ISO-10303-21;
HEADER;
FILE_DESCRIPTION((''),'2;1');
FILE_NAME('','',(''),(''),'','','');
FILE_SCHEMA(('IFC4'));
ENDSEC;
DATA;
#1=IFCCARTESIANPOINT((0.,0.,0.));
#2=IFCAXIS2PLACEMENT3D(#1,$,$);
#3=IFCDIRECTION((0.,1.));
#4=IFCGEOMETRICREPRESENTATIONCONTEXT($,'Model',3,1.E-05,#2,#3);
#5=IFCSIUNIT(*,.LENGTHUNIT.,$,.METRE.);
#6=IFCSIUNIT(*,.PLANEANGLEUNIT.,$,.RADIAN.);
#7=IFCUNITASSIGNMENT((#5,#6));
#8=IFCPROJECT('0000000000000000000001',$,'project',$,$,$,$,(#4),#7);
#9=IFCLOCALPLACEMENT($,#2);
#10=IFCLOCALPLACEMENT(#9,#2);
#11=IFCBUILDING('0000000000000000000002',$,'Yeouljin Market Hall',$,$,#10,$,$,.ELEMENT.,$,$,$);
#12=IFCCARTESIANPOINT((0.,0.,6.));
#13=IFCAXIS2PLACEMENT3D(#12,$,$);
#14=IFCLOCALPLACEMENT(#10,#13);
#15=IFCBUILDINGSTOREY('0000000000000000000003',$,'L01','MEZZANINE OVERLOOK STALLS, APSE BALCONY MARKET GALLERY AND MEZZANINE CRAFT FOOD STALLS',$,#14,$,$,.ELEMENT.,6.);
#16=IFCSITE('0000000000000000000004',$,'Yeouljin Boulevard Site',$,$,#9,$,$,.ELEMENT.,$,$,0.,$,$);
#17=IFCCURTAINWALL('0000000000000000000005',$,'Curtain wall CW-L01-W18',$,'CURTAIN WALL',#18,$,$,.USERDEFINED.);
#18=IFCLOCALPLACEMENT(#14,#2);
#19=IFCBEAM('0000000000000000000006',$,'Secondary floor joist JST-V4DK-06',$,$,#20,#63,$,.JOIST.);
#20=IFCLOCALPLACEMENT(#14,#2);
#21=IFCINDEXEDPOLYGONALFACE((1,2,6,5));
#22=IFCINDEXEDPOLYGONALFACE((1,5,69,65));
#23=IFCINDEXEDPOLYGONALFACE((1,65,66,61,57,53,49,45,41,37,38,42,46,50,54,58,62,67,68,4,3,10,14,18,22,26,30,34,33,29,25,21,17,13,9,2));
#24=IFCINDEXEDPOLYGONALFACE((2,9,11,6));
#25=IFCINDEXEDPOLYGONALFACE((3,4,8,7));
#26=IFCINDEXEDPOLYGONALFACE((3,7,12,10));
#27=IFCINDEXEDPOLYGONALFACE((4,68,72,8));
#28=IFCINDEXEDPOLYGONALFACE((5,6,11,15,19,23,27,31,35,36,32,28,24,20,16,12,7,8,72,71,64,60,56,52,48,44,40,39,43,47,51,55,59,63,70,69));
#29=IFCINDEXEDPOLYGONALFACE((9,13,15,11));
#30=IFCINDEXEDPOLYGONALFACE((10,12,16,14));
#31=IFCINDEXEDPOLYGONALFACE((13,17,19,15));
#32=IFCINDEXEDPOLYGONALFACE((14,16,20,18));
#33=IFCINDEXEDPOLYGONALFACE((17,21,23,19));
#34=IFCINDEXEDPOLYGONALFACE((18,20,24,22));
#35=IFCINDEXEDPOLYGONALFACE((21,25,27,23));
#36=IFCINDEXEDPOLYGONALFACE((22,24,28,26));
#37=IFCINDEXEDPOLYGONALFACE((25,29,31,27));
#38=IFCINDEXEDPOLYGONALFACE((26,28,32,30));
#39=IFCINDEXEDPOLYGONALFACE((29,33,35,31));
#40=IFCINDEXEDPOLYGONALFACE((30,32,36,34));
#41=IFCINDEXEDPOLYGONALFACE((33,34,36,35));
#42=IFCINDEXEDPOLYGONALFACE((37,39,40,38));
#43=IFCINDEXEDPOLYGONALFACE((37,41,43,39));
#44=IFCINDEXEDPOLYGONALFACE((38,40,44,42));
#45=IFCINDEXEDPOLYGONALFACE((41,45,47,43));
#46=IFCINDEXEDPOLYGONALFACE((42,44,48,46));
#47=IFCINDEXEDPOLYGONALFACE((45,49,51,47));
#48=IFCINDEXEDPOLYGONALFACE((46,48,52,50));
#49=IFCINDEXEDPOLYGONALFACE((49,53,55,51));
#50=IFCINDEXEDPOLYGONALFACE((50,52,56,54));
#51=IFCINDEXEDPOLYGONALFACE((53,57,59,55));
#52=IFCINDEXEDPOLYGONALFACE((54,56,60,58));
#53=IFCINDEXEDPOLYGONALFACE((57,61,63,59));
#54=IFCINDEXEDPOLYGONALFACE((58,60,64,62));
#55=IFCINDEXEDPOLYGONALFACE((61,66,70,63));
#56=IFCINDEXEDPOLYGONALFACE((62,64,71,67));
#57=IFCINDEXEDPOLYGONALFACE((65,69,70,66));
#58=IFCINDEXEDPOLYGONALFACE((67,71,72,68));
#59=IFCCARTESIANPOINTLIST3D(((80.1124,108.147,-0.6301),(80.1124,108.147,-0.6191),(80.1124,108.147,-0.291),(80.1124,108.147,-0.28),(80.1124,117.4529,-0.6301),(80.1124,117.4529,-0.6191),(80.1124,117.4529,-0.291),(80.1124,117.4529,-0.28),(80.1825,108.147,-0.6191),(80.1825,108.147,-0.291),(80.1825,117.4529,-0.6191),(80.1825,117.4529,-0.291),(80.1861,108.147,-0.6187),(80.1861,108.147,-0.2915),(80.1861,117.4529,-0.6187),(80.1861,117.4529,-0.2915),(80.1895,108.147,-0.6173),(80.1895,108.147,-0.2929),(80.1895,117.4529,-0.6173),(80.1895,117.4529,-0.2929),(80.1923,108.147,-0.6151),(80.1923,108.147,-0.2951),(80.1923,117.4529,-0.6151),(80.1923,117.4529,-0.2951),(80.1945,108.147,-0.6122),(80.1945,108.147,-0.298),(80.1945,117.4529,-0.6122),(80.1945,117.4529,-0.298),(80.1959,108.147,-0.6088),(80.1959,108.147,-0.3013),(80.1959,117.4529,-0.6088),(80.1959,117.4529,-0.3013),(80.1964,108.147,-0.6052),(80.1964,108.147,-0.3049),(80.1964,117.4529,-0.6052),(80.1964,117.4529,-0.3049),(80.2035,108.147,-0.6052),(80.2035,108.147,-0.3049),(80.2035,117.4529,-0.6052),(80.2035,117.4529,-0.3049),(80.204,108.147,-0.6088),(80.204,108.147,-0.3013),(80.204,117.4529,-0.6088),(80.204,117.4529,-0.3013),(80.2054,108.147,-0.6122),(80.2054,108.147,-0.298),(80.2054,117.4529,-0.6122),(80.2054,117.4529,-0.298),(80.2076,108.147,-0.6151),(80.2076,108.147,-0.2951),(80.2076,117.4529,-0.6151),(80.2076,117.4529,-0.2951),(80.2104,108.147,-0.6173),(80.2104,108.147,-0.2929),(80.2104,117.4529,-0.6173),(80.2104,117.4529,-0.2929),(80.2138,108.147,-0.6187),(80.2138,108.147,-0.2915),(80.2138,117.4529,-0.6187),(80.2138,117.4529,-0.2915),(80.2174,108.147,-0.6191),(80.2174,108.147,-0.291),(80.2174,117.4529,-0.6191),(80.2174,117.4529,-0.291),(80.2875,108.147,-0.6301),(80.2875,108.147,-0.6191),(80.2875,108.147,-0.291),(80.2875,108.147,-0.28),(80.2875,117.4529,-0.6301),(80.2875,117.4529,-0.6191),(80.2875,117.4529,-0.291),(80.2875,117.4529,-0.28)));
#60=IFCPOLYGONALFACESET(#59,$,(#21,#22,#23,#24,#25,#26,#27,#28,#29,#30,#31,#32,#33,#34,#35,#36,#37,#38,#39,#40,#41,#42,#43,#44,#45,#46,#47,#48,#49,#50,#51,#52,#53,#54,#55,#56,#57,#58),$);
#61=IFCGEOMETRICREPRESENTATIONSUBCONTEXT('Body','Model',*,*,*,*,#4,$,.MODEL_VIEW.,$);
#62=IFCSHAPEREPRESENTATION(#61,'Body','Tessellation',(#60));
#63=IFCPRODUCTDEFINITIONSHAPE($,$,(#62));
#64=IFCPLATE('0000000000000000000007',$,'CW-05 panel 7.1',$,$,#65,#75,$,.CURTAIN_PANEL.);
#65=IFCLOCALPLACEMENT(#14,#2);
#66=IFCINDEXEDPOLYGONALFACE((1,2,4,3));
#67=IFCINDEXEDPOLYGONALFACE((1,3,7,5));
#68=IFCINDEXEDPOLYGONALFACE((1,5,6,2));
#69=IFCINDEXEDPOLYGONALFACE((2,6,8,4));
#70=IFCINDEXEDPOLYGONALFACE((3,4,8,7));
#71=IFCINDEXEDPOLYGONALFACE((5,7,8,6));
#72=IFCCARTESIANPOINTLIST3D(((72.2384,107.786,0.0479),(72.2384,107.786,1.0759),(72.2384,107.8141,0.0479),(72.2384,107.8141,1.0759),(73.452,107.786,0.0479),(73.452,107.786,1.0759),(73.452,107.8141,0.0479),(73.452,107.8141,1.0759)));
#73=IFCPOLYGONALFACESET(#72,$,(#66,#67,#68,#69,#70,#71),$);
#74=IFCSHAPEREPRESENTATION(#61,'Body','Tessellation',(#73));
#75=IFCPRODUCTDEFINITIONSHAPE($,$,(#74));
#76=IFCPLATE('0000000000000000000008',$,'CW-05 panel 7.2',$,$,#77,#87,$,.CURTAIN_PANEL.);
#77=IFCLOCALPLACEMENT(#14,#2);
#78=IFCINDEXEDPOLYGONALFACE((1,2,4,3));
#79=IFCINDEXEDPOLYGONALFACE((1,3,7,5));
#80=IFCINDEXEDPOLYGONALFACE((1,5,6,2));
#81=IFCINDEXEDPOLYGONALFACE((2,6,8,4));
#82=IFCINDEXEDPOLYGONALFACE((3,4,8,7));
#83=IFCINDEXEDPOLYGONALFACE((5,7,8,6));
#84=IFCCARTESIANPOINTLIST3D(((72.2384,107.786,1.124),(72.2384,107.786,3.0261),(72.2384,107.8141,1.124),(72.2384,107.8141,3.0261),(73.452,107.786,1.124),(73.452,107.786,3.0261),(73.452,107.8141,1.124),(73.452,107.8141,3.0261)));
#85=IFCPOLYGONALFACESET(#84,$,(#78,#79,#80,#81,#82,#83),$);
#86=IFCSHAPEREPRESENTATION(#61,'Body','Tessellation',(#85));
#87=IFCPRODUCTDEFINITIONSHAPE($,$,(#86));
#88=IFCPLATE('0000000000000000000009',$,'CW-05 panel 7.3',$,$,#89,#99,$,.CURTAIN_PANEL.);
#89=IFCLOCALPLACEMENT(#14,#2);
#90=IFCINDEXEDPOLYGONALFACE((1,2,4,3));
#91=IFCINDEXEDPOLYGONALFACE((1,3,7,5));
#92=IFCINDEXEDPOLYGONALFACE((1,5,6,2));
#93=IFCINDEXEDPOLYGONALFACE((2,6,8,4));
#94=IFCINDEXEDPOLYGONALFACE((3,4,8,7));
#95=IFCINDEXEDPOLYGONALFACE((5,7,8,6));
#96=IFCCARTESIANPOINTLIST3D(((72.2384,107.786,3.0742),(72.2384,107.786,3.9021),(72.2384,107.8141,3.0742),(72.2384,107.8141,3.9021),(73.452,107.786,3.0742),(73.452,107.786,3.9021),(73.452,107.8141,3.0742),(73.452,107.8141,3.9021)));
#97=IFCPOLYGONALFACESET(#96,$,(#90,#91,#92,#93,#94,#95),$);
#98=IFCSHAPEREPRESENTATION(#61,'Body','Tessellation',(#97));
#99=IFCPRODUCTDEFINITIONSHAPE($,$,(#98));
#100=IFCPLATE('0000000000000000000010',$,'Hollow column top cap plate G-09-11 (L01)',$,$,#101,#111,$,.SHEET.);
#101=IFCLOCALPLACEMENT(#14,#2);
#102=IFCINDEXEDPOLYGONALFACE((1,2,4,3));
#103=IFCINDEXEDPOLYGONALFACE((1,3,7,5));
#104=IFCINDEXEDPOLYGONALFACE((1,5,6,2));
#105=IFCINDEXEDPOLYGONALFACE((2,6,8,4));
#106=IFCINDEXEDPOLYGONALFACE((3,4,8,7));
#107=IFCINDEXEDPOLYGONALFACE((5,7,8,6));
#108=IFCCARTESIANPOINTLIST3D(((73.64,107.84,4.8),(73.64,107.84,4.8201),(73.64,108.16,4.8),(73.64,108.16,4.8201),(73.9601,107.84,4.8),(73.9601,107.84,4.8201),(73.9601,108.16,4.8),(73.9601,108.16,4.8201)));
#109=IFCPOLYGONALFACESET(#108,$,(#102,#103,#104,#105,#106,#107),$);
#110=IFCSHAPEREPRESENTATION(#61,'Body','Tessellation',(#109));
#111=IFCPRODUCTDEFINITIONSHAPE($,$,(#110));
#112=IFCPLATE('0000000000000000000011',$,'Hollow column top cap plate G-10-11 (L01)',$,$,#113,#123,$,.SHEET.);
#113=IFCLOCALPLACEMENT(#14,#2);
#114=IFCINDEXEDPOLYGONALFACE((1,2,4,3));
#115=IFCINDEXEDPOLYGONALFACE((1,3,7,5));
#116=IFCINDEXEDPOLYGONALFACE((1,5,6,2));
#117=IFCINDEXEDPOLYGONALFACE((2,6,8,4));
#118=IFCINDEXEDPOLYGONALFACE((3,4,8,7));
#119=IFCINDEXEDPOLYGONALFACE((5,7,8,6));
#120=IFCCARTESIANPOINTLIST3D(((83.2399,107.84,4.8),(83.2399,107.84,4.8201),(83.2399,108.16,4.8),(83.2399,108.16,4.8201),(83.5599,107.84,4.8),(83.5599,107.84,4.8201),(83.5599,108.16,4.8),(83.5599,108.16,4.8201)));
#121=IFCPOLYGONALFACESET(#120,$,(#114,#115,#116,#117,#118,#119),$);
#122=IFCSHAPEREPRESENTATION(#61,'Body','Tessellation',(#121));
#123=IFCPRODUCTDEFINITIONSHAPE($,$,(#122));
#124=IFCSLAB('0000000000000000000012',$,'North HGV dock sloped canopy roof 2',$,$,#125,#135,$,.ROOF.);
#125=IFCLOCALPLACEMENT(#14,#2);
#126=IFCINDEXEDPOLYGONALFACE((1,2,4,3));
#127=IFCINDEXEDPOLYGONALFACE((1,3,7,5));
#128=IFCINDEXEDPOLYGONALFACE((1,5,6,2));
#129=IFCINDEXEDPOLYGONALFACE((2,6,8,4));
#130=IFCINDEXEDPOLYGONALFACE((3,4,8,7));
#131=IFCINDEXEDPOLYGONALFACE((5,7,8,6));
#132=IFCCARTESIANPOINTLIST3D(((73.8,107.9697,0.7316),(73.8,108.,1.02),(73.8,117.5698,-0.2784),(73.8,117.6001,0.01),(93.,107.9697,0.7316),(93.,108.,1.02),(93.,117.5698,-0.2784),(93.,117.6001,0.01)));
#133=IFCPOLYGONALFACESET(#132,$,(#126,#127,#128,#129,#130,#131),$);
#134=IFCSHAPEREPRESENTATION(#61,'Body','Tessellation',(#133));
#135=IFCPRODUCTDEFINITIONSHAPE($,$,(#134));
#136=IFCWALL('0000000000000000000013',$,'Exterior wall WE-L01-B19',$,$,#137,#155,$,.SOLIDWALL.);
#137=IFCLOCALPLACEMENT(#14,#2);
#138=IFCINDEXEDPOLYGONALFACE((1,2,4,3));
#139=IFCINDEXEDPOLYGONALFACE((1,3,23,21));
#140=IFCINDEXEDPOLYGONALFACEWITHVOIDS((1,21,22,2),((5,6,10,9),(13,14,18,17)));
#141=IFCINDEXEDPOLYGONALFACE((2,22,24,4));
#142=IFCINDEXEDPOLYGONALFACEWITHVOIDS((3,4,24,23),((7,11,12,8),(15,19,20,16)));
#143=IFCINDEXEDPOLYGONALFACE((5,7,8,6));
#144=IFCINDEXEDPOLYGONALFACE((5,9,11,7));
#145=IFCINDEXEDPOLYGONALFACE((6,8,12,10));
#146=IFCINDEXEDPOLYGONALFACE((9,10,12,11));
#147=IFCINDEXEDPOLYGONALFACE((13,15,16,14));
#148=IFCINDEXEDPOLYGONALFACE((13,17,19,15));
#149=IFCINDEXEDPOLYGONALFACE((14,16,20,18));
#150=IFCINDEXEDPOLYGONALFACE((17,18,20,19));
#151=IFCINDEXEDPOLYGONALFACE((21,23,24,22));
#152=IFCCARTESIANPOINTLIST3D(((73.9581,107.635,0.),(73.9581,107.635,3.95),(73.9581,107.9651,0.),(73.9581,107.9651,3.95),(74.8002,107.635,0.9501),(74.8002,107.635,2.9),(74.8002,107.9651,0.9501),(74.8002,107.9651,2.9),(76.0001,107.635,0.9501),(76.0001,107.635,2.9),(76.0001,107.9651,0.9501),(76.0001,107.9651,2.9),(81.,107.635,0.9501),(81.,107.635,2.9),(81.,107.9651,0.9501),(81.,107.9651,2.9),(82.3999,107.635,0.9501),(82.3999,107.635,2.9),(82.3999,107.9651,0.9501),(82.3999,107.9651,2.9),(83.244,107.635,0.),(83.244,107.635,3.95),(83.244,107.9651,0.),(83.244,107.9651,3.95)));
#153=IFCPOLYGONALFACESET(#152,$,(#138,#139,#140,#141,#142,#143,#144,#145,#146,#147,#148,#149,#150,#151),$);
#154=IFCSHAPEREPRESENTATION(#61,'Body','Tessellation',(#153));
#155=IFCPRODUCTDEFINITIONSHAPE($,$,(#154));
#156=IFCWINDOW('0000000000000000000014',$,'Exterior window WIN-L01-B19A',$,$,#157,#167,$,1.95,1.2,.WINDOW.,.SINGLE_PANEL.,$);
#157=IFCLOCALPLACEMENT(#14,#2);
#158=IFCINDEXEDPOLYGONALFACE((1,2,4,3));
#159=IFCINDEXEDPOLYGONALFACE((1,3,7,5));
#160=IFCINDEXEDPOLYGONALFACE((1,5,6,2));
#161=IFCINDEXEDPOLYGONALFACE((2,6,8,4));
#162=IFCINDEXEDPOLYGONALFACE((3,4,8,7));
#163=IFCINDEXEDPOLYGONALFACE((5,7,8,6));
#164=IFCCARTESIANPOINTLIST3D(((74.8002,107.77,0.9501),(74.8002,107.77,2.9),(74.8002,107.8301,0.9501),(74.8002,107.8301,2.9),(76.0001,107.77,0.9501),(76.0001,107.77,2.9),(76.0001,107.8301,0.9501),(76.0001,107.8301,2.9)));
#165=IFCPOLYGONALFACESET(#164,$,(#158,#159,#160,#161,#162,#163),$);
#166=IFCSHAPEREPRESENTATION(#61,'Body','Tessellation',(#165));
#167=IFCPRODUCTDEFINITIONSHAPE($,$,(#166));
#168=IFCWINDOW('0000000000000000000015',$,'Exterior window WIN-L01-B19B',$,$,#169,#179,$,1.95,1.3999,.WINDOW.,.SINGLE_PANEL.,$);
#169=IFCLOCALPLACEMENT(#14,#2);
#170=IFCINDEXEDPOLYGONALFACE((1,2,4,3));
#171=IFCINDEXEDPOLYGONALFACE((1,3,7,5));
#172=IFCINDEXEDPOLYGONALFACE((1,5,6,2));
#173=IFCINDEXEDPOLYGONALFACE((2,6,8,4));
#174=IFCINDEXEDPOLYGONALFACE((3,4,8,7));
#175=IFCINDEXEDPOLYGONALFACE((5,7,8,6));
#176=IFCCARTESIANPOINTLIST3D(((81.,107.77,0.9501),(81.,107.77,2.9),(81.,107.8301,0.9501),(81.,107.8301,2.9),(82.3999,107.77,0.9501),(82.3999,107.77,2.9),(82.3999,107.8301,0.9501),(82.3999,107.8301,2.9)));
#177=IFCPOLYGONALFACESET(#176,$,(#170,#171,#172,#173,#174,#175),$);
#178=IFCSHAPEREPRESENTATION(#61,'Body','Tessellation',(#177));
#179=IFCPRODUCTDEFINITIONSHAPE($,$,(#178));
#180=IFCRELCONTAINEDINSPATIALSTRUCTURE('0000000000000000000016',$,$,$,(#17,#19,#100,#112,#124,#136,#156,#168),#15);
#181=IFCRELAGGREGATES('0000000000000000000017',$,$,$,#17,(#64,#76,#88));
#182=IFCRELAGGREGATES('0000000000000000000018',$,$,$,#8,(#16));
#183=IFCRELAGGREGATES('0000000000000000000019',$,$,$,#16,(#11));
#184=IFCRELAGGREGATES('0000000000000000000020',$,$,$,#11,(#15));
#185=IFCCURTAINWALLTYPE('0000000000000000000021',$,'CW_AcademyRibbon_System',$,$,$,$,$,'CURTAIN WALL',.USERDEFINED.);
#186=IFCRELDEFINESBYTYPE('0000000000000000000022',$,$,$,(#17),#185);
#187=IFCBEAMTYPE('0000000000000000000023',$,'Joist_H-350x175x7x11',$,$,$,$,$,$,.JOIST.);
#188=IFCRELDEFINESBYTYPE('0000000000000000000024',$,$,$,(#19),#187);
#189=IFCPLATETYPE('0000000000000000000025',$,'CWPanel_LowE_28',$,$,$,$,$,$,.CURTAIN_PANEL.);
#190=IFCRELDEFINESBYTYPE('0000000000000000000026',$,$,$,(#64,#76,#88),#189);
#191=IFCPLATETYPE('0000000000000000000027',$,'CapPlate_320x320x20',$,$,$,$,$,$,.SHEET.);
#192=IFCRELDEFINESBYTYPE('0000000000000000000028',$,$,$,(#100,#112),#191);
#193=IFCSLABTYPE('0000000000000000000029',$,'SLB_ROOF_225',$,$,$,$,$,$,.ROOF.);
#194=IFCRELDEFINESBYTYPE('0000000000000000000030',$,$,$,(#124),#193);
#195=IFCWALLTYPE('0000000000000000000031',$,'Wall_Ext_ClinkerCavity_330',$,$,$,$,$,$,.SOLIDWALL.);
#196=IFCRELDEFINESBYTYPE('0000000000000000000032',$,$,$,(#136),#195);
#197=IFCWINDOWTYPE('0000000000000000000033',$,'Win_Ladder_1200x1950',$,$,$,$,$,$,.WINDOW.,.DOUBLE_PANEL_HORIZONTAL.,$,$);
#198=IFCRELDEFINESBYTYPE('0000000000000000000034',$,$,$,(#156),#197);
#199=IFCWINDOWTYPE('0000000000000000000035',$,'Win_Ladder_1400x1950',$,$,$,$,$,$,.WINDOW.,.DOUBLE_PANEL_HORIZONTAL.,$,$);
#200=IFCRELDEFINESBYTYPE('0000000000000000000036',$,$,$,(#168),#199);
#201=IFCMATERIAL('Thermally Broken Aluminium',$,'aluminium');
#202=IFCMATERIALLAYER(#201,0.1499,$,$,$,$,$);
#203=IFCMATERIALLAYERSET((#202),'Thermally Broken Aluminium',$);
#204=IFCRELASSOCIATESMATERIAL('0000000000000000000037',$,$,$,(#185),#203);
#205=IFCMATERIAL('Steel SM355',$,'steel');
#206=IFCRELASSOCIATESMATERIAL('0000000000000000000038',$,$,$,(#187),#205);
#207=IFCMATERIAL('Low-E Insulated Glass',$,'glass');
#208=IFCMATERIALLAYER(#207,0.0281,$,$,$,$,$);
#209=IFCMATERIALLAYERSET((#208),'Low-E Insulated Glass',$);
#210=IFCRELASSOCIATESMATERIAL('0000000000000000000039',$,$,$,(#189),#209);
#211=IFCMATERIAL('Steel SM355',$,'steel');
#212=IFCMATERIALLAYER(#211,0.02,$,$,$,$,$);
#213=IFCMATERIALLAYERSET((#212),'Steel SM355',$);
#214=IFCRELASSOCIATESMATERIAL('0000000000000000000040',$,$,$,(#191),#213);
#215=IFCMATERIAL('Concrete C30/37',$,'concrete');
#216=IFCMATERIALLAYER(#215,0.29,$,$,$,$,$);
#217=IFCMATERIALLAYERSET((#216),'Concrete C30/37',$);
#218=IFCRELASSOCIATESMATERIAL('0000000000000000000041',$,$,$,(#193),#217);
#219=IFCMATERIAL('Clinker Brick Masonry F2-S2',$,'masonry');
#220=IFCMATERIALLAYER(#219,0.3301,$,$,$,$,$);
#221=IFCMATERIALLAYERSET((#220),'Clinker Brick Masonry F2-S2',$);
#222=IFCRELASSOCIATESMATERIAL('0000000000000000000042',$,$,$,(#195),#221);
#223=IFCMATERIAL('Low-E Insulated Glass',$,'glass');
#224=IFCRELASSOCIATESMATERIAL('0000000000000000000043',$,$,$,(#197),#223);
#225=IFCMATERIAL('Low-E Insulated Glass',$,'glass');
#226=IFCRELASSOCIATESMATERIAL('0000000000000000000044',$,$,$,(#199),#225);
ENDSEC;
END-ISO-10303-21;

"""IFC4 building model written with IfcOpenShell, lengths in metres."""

from ifc_helpers import new_model, si_unit, direction, frame, frame_2d, origin, origin_2d, place, context, subcontext, project, spatial, polyline, rectangle, i_section, outline, extrude, material, layer, layer_set, material_profile, profile_set, type_object, element, fill, aggregate, save


model = new_model("IFC4")

# Units and contexts
model_context = context("Model", 3, precision=1e-05, world=origin(), true_north=direction((0.0, 1.0)))
body_context = subcontext(model_context, "Body", "Model", "MODEL_VIEW")
ifc_project = project(units=[si_unit("LENGTHUNIT", "METRE"), si_unit("PLANEANGLEUNIT", "RADIAN")], contexts=[model_context])

# Site, building, storey
site_placement = place(None, origin())
site = spatial("IfcSite", under=ifc_project, at=site_placement, Name="Yeouljin Boulevard Site", CompositionType="ELEMENT", RefElevation=0.0)
building_placement = place(site_placement, origin())
building = spatial("IfcBuilding", under=site, at=building_placement, Name="Yeouljin Market Hall", CompositionType="ELEMENT")
storey_placement = place(building_placement, frame((0.0, 0.0, 6.0)))
storey = spatial("IfcBuildingStorey", under=building, at=storey_placement, Name="L01", Description="MEZZANINE OVERLOOK STALLS, APSE BALCONY MARKET GALLERY AND MEZZANINE CRAFT FOOD STALLS", CompositionType="ELEMENT", Elevation=6.0)

# Curtain wall
ifc_material_1 = material(Name="Thermally Broken Aluminium", Category="aluminium")
ifc_layer_1 = layer(ifc_material_1, 0.1499)
ifc_layer_set_1 = layer_set([ifc_layer_1], Name="Thermally Broken Aluminium")
curtain_wall_type = type_object("IfcCurtainWallType", Name="CW_AcademyRibbon_System", ElementType="CURTAIN WALL", PredefinedType="USERDEFINED", material=ifc_layer_set_1)
curtain_wall_placement = place(storey_placement, origin())
curtain_wall = element("IfcCurtainWall", 1, at=curtain_wall_placement, inside=storey, type_object=curtain_wall_type, Name="Curtain wall CW-L01-W18", ObjectType="CURTAIN WALL", PredefinedType="USERDEFINED")

# Beam
ifc_material_2 = material(Name="Steel SM355", Category="steel")
ifc_material_profile_1 = material_profile(ifc_material_2, i_section(OverallWidth=0.175, OverallDepth=0.3501, WebThickness=0.0071, FlangeThickness=0.011, FilletRadius=0.0139, at=origin_2d()), Name="H-350x175x7x11")
ifc_profile_set_1 = profile_set([ifc_material_profile_1], Name="Steel SM355")
beam_type_1 = type_object("IfcBeamType", Name="Joist_H-350x175x7x11", PredefinedType="JOIST", material=ifc_profile_set_1)
for number, where, z_axis, x_axis, name in (
    (2, (80.2, 108.147, -0.4551), (0.0, 1.0, 0.0), (-1.0, 0.0, 0.0), "Secondary floor joist JST-V4DK-06"),
):
    element("IfcBeam", number, at=place(storey_placement, frame(where, z_axis=z_axis, x_axis=x_axis)), inside=storey, type_object=beam_type_1, Name=name, PredefinedType="JOIST", context=body_context, shape_type="SweptSolid", body=[
        extrude(i_section(OverallWidth=0.175, OverallDepth=0.3501, WebThickness=0.0071, FlangeThickness=0.011, FilletRadius=0.0139, at=origin_2d()), origin(), (0.0, 0.0, 1.0), 9.3059),
    ])

# Plates
ifc_material_3 = material(Name="Low-E Insulated Glass", Category="glass")
ifc_layer_2 = layer(ifc_material_3, 0.0281)
ifc_layer_set_2 = layer_set([ifc_layer_2], Name="Low-E Insulated Glass")
plate_type_1 = type_object("IfcPlateType", Name="CWPanel_LowE_28", PredefinedType="CURTAIN_PANEL", material=ifc_layer_set_2)
plate_1_placement = place(storey_placement, frame((72.8452, 107.8, 0.0479), z_axis=(0.0, 0.0, 1.0), x_axis=(1.0, 0.0, 0.0)))
plate_1 = element("IfcPlate", 3, at=plate_1_placement, type_object=plate_type_1, Name="CW-05 panel 7.1", PredefinedType="CURTAIN_PANEL", context=body_context, shape_type="SweptSolid", body=[
    extrude(rectangle(XDim=1.2136, YDim=0.0281, at=origin_2d()), origin(), (0.0, 0.0, 1.0), 1.0281),
])
plate_2_placement = place(storey_placement, frame((72.8452, 107.8, 1.124), z_axis=(0.0, 0.0, 1.0), x_axis=(1.0, 0.0, 0.0)))
plate_2 = element("IfcPlate", 4, at=plate_2_placement, type_object=plate_type_1, Name="CW-05 panel 7.2", PredefinedType="CURTAIN_PANEL", context=body_context, shape_type="SweptSolid", body=[
    extrude(rectangle(XDim=1.2136, YDim=0.0281, at=origin_2d()), origin(), (0.0, 0.0, 1.0), 1.9021),
])
plate_3_placement = place(storey_placement, frame((72.8452, 107.8, 3.0742), z_axis=(0.0, 0.0, 1.0), x_axis=(1.0, 0.0, 0.0)))
plate_3 = element("IfcPlate", 5, at=plate_3_placement, type_object=plate_type_1, Name="CW-05 panel 7.3", PredefinedType="CURTAIN_PANEL", context=body_context, shape_type="SweptSolid", body=[
    extrude(rectangle(XDim=1.2136, YDim=0.0281, at=origin_2d()), origin(), (0.0, 0.0, 1.0), 0.8279),
])
aggregate(curtain_wall, [plate_1, plate_2, plate_3])

# Plates
ifc_material_4 = material(Name="Steel SM355", Category="steel")
ifc_layer_3 = layer(ifc_material_4, 0.02)
ifc_layer_set_3 = layer_set([ifc_layer_3], Name="Steel SM355")
plate_type_2 = type_object("IfcPlateType", Name="CapPlate_320x320x20", PredefinedType="SHEET", material=ifc_layer_set_3)
for number, where, z_axis, x_axis, name in (
    (6, (73.8, 108.0, 4.8), (0.0, 0.0, 1.0), (1.0, 0.0, 0.0), "Hollow column top cap plate G-09-11 (L01)"),
    (7, (83.3999, 108.0, 4.8), (0.0, 0.0, 1.0), (1.0, 0.0, 0.0), "Hollow column top cap plate G-10-11 (L01)"),
):
    element("IfcPlate", number, at=place(storey_placement, frame(where, z_axis=z_axis, x_axis=x_axis)), inside=storey, type_object=plate_type_2, Name=name, PredefinedType="SHEET", context=body_context, shape_type="SweptSolid", body=[
        extrude(rectangle(XDim=0.3201, YDim=0.3201, at=origin_2d()), origin(), (0.0, 0.0, 1.0), 0.02),
    ])

# Slab
ifc_material_5 = material(Name="Concrete C30/37", Category="concrete")
ifc_layer_4 = layer(ifc_material_5, 0.29)
ifc_layer_set_4 = layer_set([ifc_layer_4], Name="Concrete C30/37")
slab_type = type_object("IfcSlabType", Name="SLB_ROOF_225", PredefinedType="ROOF", material=ifc_layer_set_4)
slab_placement = place(storey_placement, frame((73.8, 108.0, 1.02), z_axis=(0.0, 0.104631, 0.994511), x_axis=(0.0, 0.994511, -0.104631)))
element("IfcSlab", 8, at=slab_placement, inside=storey, type_object=slab_type, Name="North HGV dock sloped canopy roof 2", PredefinedType="ROOF", context=body_context, shape_type="SweptSolid", body=[
    extrude(outline(polyline([(0.0, 0.0), (9.6531, 0.0), (9.6531, -19.2), (0.0, -19.2), (0.0, 0.0)])), origin(), (0.0, 0.0, -1.0), 0.29),
])

# Wall, openings, windows
ifc_material_6 = material(Name="Clinker Brick Masonry F2-S2", Category="masonry")
ifc_layer_5 = layer(ifc_material_6, 0.3301)
ifc_layer_set_5 = layer_set([ifc_layer_5], Name="Clinker Brick Masonry F2-S2")
wall_type_1 = type_object("IfcWallType", Name="Wall_Ext_ClinkerCavity_330", PredefinedType="SOLIDWALL", material=ifc_layer_set_5)
wall_1_placement = place(storey_placement, frame((73.958, 107.8, 0.0), z_axis=(0.0, 0.0, 1.0), x_axis=(1.0, 0.0, 0.0)))
wall_1 = element("IfcWall", 9, at=wall_1_placement, inside=storey, type_object=wall_type_1, Name="Exterior wall WE-L01-B19", PredefinedType="SOLIDWALL", context=body_context, shape_type="SweptSolid", body=[
    extrude(rectangle(XDim=9.2859, YDim=0.3301, at=frame_2d((4.6431, 0.0))), origin(), (0.0, 0.0, 1.0), 3.95),
])
opening_1_placement = place(wall_1_placement, frame((0.842, 0.0, 0.95)))
opening_1 = element("IfcOpeningElement", 10, at=opening_1_placement, cuts=wall_1, PredefinedType="OPENING", context=body_context, shape_type="SweptSolid", body=[
    extrude(rectangle(XDim=1.2, YDim=1.95, at=frame_2d((0.6001, 0.9751))), frame((0.0, 0.175, 0.0), z_axis=(0.0, -1.0, 0.0), x_axis=(1.0, 0.0, 0.0)), (0.0, 0.0, 1.0), 0.3501),
])
opening_2_placement = place(wall_1_placement, frame((7.042, 0.0, 0.95)))
opening_2 = element("IfcOpeningElement", 11, at=opening_2_placement, cuts=wall_1, PredefinedType="OPENING", context=body_context, shape_type="SweptSolid", body=[
    extrude(rectangle(XDim=1.3999, YDim=1.95, at=frame_2d((0.7, 0.9751))), frame((0.0, 0.175, 0.0), z_axis=(0.0, -1.0, 0.0), x_axis=(1.0, 0.0, 0.0)), (0.0, 0.0, 1.0), 0.3501),
])
ifc_material_7 = material(Name="Low-E Insulated Glass", Category="glass")
window_type_1 = type_object("IfcWindowType", Name="Win_Ladder_1200x1950", PartitioningType="DOUBLE_PANEL_HORIZONTAL", PredefinedType="WINDOW", material=ifc_material_7)
window_1_placement = place(opening_1_placement, origin())
window_1 = element("IfcWindow", 12, at=window_1_placement, inside=storey, type_object=window_type_1, Name="Exterior window WIN-L01-B19A", OverallHeight=1.95, OverallWidth=1.2, PartitioningType="SINGLE_PANEL", PredefinedType="WINDOW", context=body_context, shape_type="SweptSolid", body=[
    extrude(rectangle(XDim=1.2, YDim=1.95, at=frame_2d((0.6001, 0.9751))), frame((0.0, 0.03, 0.0), z_axis=(0.0, -1.0, 0.0), x_axis=(1.0, 0.0, 0.0)), (0.0, 0.0, 1.0), 0.0601),
])
fill(opening_1, window_1)
ifc_material_8 = material(Name="Low-E Insulated Glass", Category="glass")
window_type_2 = type_object("IfcWindowType", Name="Win_Ladder_1400x1950", PartitioningType="DOUBLE_PANEL_HORIZONTAL", PredefinedType="WINDOW", material=ifc_material_8)
window_2_placement = place(opening_2_placement, origin())
window_2 = element("IfcWindow", 13, at=window_2_placement, inside=storey, type_object=window_type_2, Name="Exterior window WIN-L01-B19B", OverallHeight=1.95, OverallWidth=1.3999, PartitioningType="SINGLE_PANEL", PredefinedType="WINDOW", context=body_context, shape_type="SweptSolid", body=[
    extrude(rectangle(XDim=1.3999, YDim=1.95, at=frame_2d((0.7, 0.9751))), frame((0.0, 0.03, 0.0), z_axis=(0.0, -1.0, 0.0), x_axis=(1.0, 0.0, 0.0)), (0.0, 0.0, 1.0), 0.0601),
])
fill(opening_2, window_2)

save(model, "model.ifc")
